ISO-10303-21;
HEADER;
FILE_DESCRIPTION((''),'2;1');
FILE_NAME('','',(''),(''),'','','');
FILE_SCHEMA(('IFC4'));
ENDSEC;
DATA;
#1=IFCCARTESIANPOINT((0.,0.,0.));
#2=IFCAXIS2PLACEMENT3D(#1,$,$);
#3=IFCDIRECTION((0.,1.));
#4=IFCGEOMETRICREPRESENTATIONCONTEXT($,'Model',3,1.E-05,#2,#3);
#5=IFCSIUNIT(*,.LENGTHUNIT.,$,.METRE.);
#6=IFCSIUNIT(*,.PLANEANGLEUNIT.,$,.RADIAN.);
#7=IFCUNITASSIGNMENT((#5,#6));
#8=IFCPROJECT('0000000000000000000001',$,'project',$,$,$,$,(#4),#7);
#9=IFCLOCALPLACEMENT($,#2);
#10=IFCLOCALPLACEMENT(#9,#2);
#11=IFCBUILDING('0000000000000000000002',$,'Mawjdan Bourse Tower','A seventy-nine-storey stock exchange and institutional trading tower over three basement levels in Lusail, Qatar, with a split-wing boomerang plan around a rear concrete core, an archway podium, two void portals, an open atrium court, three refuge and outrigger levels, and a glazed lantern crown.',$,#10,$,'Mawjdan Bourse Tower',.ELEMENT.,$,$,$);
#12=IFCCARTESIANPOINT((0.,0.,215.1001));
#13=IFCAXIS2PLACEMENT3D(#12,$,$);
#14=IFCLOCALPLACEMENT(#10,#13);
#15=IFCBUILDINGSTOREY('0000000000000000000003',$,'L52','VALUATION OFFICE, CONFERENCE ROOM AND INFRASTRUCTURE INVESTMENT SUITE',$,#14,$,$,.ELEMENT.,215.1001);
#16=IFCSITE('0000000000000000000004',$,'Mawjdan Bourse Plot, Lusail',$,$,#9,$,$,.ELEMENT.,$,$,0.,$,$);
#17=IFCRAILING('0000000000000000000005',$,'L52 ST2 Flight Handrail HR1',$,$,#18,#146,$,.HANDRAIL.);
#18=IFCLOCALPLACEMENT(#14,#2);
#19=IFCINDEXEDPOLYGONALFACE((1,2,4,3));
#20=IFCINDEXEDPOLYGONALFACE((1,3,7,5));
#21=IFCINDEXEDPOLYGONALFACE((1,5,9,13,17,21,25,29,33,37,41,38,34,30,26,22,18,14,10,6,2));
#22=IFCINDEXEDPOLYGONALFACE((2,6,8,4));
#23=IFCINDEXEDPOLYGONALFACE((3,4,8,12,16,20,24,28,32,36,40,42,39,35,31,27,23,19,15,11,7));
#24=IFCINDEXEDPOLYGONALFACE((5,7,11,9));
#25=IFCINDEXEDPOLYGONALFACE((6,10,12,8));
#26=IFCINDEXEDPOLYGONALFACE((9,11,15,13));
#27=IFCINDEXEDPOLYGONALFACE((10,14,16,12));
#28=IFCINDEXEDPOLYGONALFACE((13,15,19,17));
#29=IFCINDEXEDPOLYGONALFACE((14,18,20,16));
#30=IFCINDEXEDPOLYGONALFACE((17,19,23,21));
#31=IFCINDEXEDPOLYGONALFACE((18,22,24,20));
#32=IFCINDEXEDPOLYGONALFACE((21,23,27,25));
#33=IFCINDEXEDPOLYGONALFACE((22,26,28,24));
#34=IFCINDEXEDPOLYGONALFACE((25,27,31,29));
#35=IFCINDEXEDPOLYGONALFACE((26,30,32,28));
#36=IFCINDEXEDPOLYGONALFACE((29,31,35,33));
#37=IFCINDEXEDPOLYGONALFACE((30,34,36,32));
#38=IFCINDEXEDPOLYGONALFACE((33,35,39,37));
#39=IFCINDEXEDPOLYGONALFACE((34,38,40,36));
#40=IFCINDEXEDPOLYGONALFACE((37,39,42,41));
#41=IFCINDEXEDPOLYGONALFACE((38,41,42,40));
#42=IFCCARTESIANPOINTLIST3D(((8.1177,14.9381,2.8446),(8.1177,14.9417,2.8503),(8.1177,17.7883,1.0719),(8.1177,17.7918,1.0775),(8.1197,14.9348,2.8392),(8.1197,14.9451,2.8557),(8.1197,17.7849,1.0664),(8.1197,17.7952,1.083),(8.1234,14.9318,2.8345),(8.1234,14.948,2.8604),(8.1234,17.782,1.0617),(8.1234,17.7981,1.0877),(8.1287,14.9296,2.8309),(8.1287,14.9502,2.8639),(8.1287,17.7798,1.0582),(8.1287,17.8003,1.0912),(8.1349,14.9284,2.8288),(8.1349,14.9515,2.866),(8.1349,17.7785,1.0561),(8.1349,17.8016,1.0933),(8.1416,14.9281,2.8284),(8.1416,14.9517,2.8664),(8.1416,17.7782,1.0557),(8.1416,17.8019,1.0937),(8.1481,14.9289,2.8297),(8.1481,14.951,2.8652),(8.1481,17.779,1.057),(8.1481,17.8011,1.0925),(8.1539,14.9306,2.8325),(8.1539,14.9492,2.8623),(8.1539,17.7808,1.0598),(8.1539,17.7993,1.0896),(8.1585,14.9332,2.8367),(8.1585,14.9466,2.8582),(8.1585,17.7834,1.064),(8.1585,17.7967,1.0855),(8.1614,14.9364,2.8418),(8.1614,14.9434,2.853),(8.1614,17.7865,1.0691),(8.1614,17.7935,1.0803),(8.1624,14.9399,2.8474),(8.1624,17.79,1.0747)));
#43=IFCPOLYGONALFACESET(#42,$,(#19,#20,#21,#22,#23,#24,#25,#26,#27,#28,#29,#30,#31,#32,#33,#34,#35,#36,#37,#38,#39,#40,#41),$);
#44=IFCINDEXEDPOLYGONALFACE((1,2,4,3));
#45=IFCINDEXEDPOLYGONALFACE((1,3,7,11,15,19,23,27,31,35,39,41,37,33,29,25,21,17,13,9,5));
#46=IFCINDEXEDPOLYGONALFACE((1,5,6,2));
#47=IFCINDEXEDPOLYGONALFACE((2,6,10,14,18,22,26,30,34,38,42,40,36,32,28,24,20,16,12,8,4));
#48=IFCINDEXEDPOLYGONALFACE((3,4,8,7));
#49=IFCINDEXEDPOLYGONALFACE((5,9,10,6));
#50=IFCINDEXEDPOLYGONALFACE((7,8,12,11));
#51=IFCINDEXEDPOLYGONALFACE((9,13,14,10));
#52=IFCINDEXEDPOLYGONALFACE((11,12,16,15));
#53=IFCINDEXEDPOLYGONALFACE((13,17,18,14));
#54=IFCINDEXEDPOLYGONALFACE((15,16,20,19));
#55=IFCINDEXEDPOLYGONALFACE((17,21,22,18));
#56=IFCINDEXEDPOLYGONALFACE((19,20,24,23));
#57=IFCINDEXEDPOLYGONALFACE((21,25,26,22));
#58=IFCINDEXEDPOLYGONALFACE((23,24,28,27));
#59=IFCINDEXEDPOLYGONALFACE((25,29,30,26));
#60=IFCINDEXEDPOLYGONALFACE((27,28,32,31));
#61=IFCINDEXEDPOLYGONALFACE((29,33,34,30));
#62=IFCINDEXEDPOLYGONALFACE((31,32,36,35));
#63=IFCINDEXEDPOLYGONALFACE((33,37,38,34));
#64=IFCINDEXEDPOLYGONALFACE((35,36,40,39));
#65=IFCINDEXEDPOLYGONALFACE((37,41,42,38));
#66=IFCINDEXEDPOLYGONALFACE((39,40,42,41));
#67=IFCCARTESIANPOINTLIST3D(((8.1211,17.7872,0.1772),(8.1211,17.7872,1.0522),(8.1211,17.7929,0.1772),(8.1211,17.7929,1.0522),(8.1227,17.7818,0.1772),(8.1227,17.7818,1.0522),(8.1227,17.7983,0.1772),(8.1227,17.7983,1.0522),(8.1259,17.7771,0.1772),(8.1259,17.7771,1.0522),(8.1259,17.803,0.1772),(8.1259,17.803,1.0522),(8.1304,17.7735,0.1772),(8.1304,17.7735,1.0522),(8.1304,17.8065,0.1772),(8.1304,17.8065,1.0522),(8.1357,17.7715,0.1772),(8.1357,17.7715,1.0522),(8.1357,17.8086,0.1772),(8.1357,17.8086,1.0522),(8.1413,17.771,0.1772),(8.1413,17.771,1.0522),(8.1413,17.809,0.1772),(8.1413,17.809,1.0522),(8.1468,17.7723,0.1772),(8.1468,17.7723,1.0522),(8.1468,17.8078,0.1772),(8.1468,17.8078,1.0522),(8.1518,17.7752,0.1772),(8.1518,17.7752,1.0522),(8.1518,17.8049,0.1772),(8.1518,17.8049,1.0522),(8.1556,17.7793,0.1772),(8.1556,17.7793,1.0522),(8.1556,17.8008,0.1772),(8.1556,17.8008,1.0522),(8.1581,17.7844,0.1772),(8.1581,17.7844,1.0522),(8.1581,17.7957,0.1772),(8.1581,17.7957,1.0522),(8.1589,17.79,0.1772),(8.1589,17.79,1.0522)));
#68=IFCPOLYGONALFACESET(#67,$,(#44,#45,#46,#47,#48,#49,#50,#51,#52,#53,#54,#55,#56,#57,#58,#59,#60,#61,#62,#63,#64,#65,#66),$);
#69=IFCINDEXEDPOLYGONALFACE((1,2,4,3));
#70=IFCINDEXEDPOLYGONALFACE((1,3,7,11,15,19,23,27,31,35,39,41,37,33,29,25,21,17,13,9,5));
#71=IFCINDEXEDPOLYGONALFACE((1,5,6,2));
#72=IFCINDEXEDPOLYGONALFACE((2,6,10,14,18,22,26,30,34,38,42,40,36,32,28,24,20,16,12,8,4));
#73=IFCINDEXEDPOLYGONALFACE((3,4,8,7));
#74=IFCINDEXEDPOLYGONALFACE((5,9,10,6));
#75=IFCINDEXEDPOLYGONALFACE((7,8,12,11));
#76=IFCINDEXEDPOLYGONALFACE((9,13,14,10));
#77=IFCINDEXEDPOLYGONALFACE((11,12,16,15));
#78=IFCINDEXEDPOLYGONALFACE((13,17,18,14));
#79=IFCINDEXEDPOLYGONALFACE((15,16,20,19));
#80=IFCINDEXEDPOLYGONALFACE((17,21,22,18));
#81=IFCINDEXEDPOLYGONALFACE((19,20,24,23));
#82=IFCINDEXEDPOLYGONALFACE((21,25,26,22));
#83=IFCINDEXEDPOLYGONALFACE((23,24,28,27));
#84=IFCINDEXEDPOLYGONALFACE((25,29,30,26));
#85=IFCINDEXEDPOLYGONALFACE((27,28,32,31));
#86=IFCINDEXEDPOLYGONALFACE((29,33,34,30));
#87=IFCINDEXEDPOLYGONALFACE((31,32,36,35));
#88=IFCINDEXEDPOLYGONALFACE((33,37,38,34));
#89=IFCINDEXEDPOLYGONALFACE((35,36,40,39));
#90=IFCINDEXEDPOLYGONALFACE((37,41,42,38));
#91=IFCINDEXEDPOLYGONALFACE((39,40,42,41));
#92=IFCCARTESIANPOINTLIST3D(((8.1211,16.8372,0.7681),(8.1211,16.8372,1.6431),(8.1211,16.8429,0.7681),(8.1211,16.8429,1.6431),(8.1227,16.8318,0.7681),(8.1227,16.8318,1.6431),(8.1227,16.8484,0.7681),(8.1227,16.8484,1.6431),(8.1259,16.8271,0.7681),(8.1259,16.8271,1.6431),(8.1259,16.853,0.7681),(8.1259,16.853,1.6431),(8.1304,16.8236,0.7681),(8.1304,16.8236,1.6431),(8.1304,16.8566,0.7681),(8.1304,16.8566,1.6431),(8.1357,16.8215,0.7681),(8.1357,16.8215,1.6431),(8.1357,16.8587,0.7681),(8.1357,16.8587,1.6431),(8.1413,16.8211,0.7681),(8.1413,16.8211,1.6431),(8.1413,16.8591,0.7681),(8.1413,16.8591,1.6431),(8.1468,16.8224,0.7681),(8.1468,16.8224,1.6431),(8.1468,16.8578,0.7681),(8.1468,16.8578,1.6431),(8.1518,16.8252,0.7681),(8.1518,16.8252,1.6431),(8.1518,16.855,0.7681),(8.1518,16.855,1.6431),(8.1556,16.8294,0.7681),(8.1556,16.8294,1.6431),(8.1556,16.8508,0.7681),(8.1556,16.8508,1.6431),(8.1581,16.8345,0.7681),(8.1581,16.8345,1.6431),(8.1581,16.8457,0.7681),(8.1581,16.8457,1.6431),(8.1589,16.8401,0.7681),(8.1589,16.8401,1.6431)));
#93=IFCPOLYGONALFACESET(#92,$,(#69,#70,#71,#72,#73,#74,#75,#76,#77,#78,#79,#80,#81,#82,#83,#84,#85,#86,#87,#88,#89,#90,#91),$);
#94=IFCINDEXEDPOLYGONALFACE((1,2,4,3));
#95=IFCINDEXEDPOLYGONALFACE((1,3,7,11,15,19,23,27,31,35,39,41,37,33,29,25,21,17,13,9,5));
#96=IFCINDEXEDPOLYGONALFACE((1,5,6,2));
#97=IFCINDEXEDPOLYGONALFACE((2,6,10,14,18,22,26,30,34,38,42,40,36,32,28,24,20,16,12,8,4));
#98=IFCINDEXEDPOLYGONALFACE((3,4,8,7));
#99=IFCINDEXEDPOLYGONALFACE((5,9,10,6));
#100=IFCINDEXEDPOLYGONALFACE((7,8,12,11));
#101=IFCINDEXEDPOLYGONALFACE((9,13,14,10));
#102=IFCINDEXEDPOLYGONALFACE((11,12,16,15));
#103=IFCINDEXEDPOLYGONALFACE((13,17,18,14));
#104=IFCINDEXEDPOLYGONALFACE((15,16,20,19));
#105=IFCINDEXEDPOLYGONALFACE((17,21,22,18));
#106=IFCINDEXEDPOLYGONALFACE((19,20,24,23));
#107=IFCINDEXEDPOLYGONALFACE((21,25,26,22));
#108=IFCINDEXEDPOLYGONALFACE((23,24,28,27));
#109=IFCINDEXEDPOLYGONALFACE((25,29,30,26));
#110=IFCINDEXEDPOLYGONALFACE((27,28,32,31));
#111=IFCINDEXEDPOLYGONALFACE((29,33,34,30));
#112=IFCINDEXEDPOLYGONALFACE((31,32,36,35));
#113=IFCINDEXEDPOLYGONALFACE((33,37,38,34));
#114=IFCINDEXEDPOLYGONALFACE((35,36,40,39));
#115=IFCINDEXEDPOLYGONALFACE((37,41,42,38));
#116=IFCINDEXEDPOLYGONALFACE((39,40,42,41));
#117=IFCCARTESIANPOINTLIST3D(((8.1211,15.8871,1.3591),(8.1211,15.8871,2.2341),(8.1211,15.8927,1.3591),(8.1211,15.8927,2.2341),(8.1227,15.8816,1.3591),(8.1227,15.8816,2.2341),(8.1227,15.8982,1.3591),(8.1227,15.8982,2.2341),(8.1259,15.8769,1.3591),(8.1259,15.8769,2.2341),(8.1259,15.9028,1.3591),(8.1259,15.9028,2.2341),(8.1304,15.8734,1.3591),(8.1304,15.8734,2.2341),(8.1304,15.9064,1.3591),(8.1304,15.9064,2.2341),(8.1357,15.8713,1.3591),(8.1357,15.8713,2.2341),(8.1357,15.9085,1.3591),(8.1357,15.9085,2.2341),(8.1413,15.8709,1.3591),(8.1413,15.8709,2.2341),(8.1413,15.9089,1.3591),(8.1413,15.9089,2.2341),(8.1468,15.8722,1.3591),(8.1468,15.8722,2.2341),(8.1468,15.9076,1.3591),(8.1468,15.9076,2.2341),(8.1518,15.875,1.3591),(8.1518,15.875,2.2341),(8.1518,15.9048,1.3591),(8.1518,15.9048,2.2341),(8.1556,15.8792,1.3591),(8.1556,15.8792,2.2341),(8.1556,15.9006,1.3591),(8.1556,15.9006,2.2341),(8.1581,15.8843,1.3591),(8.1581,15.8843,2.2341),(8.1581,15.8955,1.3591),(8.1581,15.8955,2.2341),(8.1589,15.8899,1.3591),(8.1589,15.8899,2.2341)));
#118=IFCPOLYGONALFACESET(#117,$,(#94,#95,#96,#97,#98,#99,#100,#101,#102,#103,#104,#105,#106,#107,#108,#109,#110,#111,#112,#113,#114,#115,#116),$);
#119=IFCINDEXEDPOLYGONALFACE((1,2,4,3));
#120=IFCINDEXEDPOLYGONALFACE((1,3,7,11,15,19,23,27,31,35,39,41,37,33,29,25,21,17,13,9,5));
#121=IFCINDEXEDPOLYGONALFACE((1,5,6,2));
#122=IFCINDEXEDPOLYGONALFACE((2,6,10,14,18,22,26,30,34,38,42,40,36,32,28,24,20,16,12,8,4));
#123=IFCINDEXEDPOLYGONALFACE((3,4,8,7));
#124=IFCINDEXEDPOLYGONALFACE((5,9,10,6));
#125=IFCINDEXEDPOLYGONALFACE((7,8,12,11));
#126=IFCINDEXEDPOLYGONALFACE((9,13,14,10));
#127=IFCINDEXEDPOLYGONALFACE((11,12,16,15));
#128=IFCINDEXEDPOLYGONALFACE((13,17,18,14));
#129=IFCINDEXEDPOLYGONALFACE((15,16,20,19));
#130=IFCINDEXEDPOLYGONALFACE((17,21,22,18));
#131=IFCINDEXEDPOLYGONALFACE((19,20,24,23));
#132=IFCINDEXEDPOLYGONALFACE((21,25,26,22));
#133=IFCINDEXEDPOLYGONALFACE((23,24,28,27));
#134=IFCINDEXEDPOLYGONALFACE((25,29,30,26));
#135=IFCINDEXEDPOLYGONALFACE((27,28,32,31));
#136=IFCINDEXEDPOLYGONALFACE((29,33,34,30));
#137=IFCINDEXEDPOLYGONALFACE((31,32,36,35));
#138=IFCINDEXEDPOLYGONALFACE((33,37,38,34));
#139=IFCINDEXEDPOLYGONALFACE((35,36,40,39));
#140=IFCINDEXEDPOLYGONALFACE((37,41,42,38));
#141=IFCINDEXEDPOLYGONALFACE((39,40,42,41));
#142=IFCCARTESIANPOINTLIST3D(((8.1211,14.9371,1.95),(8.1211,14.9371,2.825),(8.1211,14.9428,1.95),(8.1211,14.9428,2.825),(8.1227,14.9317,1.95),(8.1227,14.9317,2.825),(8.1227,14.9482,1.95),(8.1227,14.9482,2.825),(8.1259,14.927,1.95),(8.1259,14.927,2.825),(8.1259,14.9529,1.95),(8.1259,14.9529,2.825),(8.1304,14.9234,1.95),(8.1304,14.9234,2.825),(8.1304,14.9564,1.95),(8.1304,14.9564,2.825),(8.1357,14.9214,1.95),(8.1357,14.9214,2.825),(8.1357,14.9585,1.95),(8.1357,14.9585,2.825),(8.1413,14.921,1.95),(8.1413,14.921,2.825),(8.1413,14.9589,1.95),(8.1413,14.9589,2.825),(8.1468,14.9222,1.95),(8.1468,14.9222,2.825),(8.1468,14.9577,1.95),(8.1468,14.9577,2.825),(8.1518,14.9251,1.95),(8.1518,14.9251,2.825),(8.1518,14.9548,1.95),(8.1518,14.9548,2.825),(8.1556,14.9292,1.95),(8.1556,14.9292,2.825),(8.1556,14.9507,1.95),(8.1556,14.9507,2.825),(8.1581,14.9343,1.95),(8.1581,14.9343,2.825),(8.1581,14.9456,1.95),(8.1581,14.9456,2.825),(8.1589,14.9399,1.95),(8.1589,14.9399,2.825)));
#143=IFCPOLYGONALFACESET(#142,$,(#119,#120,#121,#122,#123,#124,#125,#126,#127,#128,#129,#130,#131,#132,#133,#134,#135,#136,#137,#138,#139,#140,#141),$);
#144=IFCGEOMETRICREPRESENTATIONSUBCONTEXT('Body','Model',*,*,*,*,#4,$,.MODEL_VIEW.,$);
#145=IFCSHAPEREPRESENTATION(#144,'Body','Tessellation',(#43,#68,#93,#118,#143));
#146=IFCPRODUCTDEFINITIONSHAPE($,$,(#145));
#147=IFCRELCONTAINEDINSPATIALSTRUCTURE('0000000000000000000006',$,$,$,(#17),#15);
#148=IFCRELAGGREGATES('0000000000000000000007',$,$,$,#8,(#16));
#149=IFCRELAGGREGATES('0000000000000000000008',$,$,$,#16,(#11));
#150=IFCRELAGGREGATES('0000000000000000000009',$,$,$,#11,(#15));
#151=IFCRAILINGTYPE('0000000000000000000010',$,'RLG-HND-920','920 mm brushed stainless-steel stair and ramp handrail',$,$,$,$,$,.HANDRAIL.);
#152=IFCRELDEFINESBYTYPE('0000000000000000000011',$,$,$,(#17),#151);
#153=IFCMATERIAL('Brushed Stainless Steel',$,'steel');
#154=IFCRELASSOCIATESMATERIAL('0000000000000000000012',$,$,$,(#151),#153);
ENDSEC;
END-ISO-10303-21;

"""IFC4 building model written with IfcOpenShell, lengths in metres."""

from ifc_helpers import new_model, si_unit, direction, frame, origin, origin_2d, place, context, subcontext, project, spatial, circle, extrude, material, type_object, element, save


model = new_model("IFC4")

# Units and contexts
model_context = context("Model", 3, precision=1e-05, world=origin(), true_north=direction((0.0, 1.0)))
body_context = subcontext(model_context, "Body", "Model", "MODEL_VIEW")
ifc_project = project(units=[si_unit("LENGTHUNIT", "METRE"), si_unit("PLANEANGLEUNIT", "RADIAN")], contexts=[model_context])

# Site, building, storey
site_placement = place(None, origin())
site = spatial("IfcSite", under=ifc_project, at=site_placement, Name="Mawjdan Bourse Plot, Lusail", CompositionType="ELEMENT", RefElevation=0.0)
building_placement = place(site_placement, origin())
building = spatial("IfcBuilding", under=site, at=building_placement, Name="Mawjdan Bourse Tower", Description="A seventy-nine-storey stock exchange and institutional trading tower over three basement levels in Lusail, Qatar, with a split-wing boomerang plan around a rear concrete core, an archway podium, two void portals, an open atrium court, three refuge and outrigger levels, and a glazed lantern crown.", LongName="Mawjdan Bourse Tower", CompositionType="ELEMENT")
storey_placement = place(building_placement, frame((0.0, 0.0, 215.1001)))
storey = spatial("IfcBuildingStorey", under=building, at=storey_placement, Name="L52", Description="VALUATION OFFICE, CONFERENCE ROOM AND INFRASTRUCTURE INVESTMENT SUITE", CompositionType="ELEMENT", Elevation=215.1001)

# Railing
ifc_material_1 = material(Name="Brushed Stainless Steel", Category="steel")
railing_type_1 = type_object("IfcRailingType", Name="RLG-HND-920", Description="920 mm brushed stainless-steel stair and ramp handrail", PredefinedType="HANDRAIL", material=ifc_material_1)
railing_1_placement = place(storey_placement, frame((8.1399, 17.79, 0.1772)))
element("IfcRailing", 1, at=railing_1_placement, inside=storey, type_object=railing_type_1, Name="L52 ST2 Flight Handrail HR1", PredefinedType="HANDRAIL", context=body_context, shape_type="SweptSolid", body=[
    extrude(circle(Radius=0.0225, at=origin_2d()), frame((0.0, 0.0, 0.8975), z_axis=(0.0, -0.849149, 0.528154), x_axis=(1.0, 0.0, 0.0)), (0.0, 0.0, 1.0), 3.3564),
    extrude(circle(Radius=0.019, at=origin_2d()), origin(), (0.0, 0.0, 1.0), 0.875),
    extrude(circle(Radius=0.019, at=origin_2d()), frame((0.0, -0.95, 0.5908)), (0.0, 0.0, 1.0), 0.875),
    extrude(circle(Radius=0.019, at=origin_2d()), frame((0.0, -1.9001, 1.1819)), (0.0, 0.0, 1.0), 0.875),
    extrude(circle(Radius=0.019, at=origin_2d()), frame((0.0, -2.8501, 1.7727)), (0.0, 0.0, 1.0), 0.875),
])

save(model, "model.ifc")
